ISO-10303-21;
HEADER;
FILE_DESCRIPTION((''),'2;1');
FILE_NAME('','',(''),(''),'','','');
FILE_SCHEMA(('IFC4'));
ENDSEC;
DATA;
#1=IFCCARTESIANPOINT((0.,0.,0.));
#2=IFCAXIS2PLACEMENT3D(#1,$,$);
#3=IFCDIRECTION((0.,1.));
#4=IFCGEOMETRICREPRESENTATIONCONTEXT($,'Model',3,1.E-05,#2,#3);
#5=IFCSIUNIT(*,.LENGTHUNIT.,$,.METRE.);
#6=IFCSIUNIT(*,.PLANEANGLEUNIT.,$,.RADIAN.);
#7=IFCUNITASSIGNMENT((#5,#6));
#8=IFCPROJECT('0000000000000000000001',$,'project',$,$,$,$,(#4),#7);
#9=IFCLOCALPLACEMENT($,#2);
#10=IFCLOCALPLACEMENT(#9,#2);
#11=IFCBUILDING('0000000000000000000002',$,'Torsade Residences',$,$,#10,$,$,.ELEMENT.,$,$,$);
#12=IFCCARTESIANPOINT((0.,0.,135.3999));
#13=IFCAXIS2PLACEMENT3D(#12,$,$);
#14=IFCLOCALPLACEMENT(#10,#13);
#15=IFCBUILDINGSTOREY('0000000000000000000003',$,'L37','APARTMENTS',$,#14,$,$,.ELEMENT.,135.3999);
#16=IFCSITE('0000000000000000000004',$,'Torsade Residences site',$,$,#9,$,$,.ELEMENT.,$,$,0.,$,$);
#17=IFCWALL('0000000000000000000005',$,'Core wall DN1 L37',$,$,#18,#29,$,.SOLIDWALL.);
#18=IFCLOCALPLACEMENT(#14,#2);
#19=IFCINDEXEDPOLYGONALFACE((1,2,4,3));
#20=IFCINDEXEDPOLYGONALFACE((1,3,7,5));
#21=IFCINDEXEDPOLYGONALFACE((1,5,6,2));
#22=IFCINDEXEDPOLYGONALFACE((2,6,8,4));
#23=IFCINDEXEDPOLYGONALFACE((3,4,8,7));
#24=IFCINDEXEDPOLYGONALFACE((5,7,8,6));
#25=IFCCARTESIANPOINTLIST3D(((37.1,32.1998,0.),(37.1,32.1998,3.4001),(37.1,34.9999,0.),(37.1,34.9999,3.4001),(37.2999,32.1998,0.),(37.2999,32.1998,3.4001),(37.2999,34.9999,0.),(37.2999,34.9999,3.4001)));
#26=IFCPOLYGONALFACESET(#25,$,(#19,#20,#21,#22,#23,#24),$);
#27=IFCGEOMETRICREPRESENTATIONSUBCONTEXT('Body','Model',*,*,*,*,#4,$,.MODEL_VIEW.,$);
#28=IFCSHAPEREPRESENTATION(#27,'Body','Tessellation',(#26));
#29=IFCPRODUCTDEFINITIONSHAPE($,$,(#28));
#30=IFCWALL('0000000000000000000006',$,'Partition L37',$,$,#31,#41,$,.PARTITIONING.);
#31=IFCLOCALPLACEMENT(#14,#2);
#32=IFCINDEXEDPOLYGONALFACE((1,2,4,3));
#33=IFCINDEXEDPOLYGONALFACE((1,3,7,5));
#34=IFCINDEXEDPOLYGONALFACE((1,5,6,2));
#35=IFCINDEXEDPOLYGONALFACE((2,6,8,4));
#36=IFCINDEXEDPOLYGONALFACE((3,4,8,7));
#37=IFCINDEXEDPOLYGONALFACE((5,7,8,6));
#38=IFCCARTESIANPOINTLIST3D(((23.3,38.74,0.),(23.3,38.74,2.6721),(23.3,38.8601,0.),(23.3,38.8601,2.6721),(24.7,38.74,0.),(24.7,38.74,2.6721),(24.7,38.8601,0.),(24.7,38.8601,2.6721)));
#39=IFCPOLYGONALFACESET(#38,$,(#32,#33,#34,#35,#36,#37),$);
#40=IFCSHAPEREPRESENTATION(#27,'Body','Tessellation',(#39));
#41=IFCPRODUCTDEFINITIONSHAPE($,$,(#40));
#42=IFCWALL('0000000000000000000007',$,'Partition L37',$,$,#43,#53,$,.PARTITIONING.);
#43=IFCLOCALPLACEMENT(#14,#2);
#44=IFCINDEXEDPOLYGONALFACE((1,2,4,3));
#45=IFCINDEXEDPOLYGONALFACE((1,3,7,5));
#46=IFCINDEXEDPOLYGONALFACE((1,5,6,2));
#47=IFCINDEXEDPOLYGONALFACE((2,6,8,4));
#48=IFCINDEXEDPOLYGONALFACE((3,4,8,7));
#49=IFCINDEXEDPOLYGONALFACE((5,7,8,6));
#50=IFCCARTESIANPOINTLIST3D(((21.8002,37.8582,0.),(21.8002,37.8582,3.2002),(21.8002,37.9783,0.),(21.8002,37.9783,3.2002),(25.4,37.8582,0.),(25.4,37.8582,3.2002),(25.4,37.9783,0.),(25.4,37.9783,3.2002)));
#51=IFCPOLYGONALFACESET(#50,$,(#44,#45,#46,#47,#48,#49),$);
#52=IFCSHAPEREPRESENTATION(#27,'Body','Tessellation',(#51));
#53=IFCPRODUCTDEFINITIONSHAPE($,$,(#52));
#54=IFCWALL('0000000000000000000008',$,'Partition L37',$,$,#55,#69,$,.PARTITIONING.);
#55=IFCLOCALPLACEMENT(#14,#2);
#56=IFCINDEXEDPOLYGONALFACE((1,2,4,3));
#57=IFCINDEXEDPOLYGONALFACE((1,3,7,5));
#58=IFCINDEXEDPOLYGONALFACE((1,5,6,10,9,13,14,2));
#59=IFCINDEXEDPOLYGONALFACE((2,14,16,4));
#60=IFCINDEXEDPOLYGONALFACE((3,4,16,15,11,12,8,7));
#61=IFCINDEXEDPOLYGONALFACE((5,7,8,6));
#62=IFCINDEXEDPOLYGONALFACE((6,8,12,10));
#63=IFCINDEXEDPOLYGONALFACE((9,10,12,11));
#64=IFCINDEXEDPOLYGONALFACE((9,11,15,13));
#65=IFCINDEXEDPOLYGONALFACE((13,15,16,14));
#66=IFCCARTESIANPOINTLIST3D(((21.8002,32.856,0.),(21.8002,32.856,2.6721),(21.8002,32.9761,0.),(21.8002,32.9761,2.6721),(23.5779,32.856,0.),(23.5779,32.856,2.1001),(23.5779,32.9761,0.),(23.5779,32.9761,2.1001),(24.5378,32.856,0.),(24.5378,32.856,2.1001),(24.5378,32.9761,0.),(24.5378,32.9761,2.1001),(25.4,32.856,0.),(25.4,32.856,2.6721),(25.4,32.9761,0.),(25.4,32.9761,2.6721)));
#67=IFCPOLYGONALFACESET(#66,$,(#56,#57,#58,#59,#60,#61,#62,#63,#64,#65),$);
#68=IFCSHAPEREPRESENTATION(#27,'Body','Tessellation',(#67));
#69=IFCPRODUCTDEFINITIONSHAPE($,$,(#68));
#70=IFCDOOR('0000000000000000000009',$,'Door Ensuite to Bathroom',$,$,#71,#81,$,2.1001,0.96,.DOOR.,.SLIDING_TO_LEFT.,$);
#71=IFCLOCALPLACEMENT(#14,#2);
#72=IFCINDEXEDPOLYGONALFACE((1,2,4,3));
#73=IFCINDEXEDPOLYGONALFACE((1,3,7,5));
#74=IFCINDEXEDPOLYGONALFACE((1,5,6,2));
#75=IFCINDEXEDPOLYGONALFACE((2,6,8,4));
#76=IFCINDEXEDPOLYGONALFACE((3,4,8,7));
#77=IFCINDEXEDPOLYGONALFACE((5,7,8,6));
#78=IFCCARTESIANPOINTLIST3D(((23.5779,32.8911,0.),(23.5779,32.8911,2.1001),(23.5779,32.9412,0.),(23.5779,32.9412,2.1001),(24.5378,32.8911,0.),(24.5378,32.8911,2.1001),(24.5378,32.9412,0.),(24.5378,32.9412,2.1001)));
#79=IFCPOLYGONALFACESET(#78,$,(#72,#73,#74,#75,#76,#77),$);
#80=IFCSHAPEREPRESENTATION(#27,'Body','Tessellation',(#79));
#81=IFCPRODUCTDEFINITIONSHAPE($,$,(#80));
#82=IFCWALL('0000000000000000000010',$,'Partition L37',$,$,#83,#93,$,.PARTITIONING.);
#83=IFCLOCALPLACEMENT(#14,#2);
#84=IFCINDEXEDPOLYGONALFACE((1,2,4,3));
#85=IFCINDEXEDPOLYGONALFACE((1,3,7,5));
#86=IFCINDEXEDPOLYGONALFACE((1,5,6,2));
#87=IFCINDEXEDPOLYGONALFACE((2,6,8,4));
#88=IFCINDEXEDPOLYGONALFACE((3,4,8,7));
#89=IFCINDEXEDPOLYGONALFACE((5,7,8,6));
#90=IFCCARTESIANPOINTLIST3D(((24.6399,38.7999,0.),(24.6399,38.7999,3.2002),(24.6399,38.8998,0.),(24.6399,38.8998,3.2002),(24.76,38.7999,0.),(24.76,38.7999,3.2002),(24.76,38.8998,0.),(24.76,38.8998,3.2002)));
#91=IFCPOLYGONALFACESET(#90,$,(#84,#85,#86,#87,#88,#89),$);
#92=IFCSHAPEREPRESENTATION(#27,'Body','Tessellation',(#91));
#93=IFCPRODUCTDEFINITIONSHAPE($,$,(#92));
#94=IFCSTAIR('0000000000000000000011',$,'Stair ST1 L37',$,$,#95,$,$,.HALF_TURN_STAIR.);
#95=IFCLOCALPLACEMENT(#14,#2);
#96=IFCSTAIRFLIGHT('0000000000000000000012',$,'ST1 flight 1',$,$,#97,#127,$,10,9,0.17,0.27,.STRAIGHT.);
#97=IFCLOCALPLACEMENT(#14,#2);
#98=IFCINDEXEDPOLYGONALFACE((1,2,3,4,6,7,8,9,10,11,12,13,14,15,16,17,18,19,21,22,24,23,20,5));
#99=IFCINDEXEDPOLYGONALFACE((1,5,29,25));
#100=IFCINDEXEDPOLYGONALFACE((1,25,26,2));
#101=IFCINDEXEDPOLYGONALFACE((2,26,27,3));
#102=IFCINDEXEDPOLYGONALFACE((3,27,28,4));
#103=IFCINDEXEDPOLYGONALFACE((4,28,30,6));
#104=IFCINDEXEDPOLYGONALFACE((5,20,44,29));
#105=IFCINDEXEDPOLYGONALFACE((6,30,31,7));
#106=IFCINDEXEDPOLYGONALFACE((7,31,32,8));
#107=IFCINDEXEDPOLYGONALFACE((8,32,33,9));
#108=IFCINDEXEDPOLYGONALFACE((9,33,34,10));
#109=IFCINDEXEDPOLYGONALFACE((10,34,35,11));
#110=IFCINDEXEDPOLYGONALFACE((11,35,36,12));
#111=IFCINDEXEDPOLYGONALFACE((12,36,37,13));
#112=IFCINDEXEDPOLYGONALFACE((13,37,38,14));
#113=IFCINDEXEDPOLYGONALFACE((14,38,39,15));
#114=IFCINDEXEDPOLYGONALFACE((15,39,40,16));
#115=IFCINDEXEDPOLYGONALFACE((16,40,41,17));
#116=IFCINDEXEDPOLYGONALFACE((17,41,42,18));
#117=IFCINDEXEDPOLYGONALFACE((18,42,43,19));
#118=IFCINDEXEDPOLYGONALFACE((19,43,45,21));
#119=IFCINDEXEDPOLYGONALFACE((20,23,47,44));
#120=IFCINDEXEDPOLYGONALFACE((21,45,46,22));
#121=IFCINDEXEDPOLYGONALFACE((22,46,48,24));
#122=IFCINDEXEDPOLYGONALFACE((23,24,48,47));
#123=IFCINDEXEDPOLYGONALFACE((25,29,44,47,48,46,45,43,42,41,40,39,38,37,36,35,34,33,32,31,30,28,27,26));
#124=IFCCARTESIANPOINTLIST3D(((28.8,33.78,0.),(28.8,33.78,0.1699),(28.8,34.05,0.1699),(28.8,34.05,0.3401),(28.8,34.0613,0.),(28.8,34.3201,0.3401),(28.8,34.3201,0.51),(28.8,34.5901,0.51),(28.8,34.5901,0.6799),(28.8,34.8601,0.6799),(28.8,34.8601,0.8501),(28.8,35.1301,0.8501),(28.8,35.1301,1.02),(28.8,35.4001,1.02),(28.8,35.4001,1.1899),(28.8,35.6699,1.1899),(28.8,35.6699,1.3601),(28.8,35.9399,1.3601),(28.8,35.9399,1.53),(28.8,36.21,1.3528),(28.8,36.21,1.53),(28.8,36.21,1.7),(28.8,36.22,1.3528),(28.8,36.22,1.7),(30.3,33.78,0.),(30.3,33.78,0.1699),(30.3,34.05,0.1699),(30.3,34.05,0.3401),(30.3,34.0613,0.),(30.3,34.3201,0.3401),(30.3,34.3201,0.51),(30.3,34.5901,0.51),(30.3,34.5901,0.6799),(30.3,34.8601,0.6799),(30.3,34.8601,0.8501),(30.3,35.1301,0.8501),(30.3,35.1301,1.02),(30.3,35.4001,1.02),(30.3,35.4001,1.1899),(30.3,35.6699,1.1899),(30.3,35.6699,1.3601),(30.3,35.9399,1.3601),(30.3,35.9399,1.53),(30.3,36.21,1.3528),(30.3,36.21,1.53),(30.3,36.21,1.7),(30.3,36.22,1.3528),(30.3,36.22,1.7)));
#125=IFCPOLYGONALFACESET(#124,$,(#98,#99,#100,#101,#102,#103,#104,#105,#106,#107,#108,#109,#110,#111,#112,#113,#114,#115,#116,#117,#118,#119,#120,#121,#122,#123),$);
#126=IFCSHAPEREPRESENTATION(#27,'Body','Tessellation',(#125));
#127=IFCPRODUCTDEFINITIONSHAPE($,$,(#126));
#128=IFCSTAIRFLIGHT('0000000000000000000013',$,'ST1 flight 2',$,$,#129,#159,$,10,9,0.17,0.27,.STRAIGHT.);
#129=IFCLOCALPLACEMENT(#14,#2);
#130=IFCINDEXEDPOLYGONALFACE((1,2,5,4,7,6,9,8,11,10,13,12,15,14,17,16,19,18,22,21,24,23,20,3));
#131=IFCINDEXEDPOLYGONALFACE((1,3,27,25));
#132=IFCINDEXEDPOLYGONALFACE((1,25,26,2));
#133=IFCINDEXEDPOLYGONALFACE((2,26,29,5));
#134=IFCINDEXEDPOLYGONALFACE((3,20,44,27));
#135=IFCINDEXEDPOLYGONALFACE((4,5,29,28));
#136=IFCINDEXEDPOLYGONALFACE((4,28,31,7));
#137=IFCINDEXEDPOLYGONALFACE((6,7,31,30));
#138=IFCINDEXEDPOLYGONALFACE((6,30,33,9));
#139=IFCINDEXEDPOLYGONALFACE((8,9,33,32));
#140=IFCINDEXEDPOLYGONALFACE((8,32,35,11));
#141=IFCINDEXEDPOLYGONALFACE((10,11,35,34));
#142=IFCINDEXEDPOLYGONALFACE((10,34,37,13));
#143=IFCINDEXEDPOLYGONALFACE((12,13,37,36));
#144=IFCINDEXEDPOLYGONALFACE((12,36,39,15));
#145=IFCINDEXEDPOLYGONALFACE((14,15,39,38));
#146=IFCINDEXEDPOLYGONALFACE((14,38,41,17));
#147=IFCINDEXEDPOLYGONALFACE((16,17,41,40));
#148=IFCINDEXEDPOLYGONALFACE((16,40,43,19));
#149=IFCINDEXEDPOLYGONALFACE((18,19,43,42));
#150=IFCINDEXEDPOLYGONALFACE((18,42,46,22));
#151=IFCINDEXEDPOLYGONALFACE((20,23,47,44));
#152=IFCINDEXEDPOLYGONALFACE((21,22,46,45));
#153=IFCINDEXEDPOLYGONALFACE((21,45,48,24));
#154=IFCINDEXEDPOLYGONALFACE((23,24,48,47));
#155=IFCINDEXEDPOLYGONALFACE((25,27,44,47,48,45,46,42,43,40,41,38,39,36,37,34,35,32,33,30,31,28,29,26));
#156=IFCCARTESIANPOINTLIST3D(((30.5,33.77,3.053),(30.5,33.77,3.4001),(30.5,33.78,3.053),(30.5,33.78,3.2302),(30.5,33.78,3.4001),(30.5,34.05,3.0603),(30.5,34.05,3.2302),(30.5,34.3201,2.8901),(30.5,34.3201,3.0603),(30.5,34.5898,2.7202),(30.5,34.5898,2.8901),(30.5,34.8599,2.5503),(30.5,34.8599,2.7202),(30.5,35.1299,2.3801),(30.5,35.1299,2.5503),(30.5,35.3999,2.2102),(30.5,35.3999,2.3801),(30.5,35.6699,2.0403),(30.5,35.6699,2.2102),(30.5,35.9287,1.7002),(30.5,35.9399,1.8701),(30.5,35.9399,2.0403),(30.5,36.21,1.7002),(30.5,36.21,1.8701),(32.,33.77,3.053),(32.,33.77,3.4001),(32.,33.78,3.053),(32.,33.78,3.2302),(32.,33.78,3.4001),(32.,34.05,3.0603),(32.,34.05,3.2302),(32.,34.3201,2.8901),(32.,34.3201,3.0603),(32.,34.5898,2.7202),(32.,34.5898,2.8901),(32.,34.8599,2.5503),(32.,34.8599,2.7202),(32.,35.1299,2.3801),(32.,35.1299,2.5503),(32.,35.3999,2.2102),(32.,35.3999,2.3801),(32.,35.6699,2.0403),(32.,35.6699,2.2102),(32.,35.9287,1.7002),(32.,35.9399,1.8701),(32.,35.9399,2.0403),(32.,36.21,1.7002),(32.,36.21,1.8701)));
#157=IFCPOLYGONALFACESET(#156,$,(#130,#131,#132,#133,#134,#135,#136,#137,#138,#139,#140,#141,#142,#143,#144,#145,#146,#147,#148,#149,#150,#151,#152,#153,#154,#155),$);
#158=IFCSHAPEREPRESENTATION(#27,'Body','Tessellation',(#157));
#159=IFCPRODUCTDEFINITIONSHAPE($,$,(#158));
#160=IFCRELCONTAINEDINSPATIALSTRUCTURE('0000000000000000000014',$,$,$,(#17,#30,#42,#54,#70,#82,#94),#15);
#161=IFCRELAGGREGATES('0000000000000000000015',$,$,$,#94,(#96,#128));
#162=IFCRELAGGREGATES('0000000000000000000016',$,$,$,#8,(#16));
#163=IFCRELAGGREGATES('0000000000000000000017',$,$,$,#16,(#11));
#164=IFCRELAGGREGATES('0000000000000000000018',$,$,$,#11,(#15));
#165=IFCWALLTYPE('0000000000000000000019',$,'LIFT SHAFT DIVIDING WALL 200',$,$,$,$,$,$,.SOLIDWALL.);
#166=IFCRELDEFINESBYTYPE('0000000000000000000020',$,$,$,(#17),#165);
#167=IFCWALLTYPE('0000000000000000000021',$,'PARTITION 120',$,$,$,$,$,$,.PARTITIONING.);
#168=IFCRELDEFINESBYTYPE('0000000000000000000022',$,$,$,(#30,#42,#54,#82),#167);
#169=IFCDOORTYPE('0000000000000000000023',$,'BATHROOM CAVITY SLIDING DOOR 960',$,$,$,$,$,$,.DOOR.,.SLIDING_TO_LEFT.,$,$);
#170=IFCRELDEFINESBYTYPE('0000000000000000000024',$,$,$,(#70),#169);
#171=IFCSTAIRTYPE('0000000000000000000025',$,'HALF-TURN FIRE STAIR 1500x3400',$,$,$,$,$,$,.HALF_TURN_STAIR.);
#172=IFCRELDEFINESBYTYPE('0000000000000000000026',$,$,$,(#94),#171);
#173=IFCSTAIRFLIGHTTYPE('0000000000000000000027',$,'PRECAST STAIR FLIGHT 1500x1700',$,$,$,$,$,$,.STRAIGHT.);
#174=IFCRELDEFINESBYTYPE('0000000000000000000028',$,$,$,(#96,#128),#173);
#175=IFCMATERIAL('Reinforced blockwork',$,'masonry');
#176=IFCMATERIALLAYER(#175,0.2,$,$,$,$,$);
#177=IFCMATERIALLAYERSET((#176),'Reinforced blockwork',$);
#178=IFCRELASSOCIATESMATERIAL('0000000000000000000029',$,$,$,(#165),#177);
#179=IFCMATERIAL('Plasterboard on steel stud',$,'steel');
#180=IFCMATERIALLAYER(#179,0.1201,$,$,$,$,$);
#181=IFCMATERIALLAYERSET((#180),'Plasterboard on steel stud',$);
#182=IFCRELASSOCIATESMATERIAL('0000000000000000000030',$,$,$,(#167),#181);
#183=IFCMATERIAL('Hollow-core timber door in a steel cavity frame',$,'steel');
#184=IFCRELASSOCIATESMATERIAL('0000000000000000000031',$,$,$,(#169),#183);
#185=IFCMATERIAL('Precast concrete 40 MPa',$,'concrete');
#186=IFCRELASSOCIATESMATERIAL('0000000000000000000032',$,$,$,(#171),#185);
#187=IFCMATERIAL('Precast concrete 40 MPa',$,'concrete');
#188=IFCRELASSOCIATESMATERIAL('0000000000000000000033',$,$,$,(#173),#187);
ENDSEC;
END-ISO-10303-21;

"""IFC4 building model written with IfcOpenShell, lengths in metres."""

from ifc_helpers import new_model, si_unit, direction, frame, frame_2d, origin, place, context, subcontext, project, spatial, polyline, rectangle, outline, extrude, material, layer, layer_set, type_object, element, fill, aggregate, save


model = new_model("IFC4")

# Units and contexts
model_context = context("Model", 3, precision=1e-05, world=origin(), true_north=direction((0.0, 1.0)))
body_context = subcontext(model_context, "Body", "Model", "MODEL_VIEW")
ifc_project = project(units=[si_unit("LENGTHUNIT", "METRE"), si_unit("PLANEANGLEUNIT", "RADIAN")], contexts=[model_context])

# Site, building, storey
site_placement = place(None, origin())
site = spatial("IfcSite", under=ifc_project, at=site_placement, Name="Torsade Residences site", CompositionType="ELEMENT", RefElevation=0.0)
building_placement = place(site_placement, origin())
building = spatial("IfcBuilding", under=site, at=building_placement, Name="Torsade Residences", CompositionType="ELEMENT")
storey_placement = place(building_placement, frame((0.0, 0.0, 135.3999)))
storey = spatial("IfcBuildingStorey", under=building, at=storey_placement, Name="L37", Description="APARTMENTS", CompositionType="ELEMENT", Elevation=135.3999)

# Walls
ifc_material_1 = material(Name="Reinforced blockwork", Category="masonry")
ifc_layer_1 = layer(ifc_material_1, 0.2)
ifc_layer_set_1 = layer_set([ifc_layer_1], Name="Reinforced blockwork")
wall_type_1 = type_object("IfcWallType", Name="LIFT SHAFT DIVIDING WALL 200", PredefinedType="SOLIDWALL", material=ifc_layer_set_1)
wall_1_placement = place(storey_placement, frame((37.2, 32.2, 0.0), z_axis=(0.0, 0.0, 1.0), x_axis=(0.0, 1.0, 0.0)))
element("IfcWall", 1, at=wall_1_placement, inside=storey, type_object=wall_type_1, Name="Core wall DN1 L37", PredefinedType="SOLIDWALL", context=body_context, shape_type="SweptSolid", body=[
    extrude(rectangle(XDim=2.8, YDim=0.2, at=frame_2d((1.3999, 0.0))), origin(), (0.0, 0.0, 1.0), 3.4001),
])
ifc_material_2 = material(Name="Plasterboard on steel stud", Category="steel")
ifc_layer_2 = layer(ifc_material_2, 0.1201)
ifc_layer_set_2 = layer_set([ifc_layer_2], Name="Plasterboard on steel stud")
wall_type_2 = type_object("IfcWallType", Name="PARTITION 120", PredefinedType="PARTITIONING", material=ifc_layer_set_2)
wall_2_placement = place(storey_placement, frame((24.7, 38.8, 0.0), z_axis=(0.0, 0.0, 1.0), x_axis=(-1.0, 0.0, 0.0)))
element("IfcWall", 2, at=wall_2_placement, inside=storey, type_object=wall_type_2, Name="Partition L37", PredefinedType="PARTITIONING", context=body_context, shape_type="SweptSolid", body=[
    extrude(rectangle(XDim=1.3999, YDim=0.1201, at=frame_2d((0.7, 0.0))), origin(), (0.0, 0.0, 1.0), 2.6721),
])
wall_3_placement = place(storey_placement, frame((25.3999, 37.9182, 0.0), z_axis=(0.0, 0.0, 1.0), x_axis=(-1.0, 0.0, 0.0)))
element("IfcWall", 3, at=wall_3_placement, inside=storey, type_object=wall_type_2, Name="Partition L37", PredefinedType="PARTITIONING", context=body_context, shape_type="SweptSolid", body=[
    extrude(rectangle(XDim=3.5999, YDim=0.1201, at=frame_2d((1.7998, 0.0))), origin(), (0.0, 0.0, 1.0), 3.2002),
])

# Wall, opening, door
wall_4_placement = place(storey_placement, frame((25.3999, 32.916, 0.0), z_axis=(0.0, 0.0, 1.0), x_axis=(-1.0, 0.0, 0.0)))
wall_4 = element("IfcWall", 4, at=wall_4_placement, inside=storey, type_object=wall_type_2, Name="Partition L37", PredefinedType="PARTITIONING", context=body_context, shape_type="SweptSolid", body=[
    extrude(rectangle(XDim=3.5999, YDim=0.1201, at=frame_2d((1.7998, 0.0))), origin(), (0.0, 0.0, 1.0), 2.6721),
])
opening_1_placement = place(wall_4_placement, frame((0.8621, 0.0, 0.0)))
opening_1 = element("IfcOpeningElement", 5, at=opening_1_placement, cuts=wall_4, PredefinedType="OPENING", context=body_context, shape_type="SweptSolid", body=[
    extrude(rectangle(XDim=0.96, YDim=2.1001, at=frame_2d((0.48, 1.05))), frame((0.0, 0.0701, 0.0), z_axis=(0.0, -1.0, 0.0), x_axis=(1.0, 0.0, 0.0)), (0.0, 0.0, 1.0), 0.1401),
])
ifc_material_3 = material(Name="Hollow-core timber door in a steel cavity frame", Category="steel")
door_type_1 = type_object("IfcDoorType", Name="BATHROOM CAVITY SLIDING DOOR 960", OperationType="SLIDING_TO_LEFT", PredefinedType="DOOR", material=ifc_material_3)
door_1_placement = place(opening_1_placement, origin())
door_1 = element("IfcDoor", 6, at=door_1_placement, inside=storey, type_object=door_type_1, Name="Door Ensuite to Bathroom", OperationType="SLIDING_TO_LEFT", OverallHeight=2.1001, OverallWidth=0.96, PredefinedType="DOOR", context=body_context, shape_type="SweptSolid", body=[
    extrude(rectangle(XDim=0.96, YDim=2.1001, at=frame_2d((0.48, 1.05))), frame((0.0, 0.0249, 0.0), z_axis=(0.0, -1.0, 0.0), x_axis=(1.0, 0.0, 0.0)), (0.0, 0.0, 1.0), 0.05),
])
fill(opening_1, door_1)

# Wall
wall_5_placement = place(storey_placement, frame((24.7, 38.8, 0.0), z_axis=(0.0, 0.0, 1.0), x_axis=(0.0, 1.0, 0.0)))
element("IfcWall", 7, at=wall_5_placement, inside=storey, type_object=wall_type_2, Name="Partition L37", PredefinedType="PARTITIONING", context=body_context, shape_type="SweptSolid", body=[
    extrude(rectangle(XDim=0.0999, YDim=0.1201, at=frame_2d((0.0498, 0.0))), origin(), (0.0, 0.0, 1.0), 3.2002),
])

# Stair, stair flights
ifc_material_4 = material(Name="Precast concrete 40 MPa", Category="concrete")
stair_type = type_object("IfcStairType", Name="HALF-TURN FIRE STAIR 1500x3400", PredefinedType="HALF_TURN_STAIR", material=ifc_material_4)
stair_placement = place(storey_placement, origin())
stair = element("IfcStair", 8, at=stair_placement, inside=storey, type_object=stair_type, Name="Stair ST1 L37", PredefinedType="HALF_TURN_STAIR")
ifc_material_5 = material(Name="Precast concrete 40 MPa", Category="concrete")
stair_flight_type = type_object("IfcStairFlightType", Name="PRECAST STAIR FLIGHT 1500x1700", PredefinedType="STRAIGHT", material=ifc_material_5)
stair_flight_1_placement = place(storey_placement, frame((29.55, 33.78, 0.0), z_axis=(0.0, 0.0, 1.0), x_axis=(0.0, 1.0, 0.0)))
stair_flight_1 = element("IfcStairFlight", 9, at=stair_flight_1_placement, type_object=stair_flight_type, Name="ST1 flight 1", NumberOfRisers=10, NumberOfTreads=9, PredefinedType="STRAIGHT", RiserHeight=0.17, TreadLength=0.27, context=body_context, shape_type="SweptSolid", body=[
    extrude(outline(polyline([(0.0, 0.0), (0.0, 0.1699), (0.27, 0.1699), (0.27, 0.3401), (0.54, 0.3401), (0.54, 0.51), (0.8101, 0.51), (0.8101, 0.6799), (1.0801, 0.6799), (1.0801, 0.8501), (1.3501, 0.8501), (1.3501, 1.02), (1.6201, 1.02), (1.6201, 1.1899), (1.8899, 1.1899), (1.8899, 1.3601), (2.1599, 1.3601), (2.1599, 1.53), (2.4299, 1.53), (2.4299, 1.7), (2.4399, 1.7), (2.4399, 1.3528), (2.4299, 1.3528), (0.2812, 0.0), (0.0, 0.0)])), frame((0.0, 0.75, 0.0), z_axis=(0.0, -1.0, 0.0), x_axis=(1.0, 0.0, 0.0)), (0.0, 0.0, 1.0), 1.5),
])
stair_flight_2_placement = place(storey_placement, frame((31.25, 36.21, 1.7002), z_axis=(0.0, 0.0, 1.0), x_axis=(0.0, -1.0, 0.0)))
stair_flight_2 = element("IfcStairFlight", 10, at=stair_flight_2_placement, type_object=stair_flight_type, Name="ST1 flight 2", NumberOfRisers=10, NumberOfTreads=9, PredefinedType="STRAIGHT", RiserHeight=0.17, TreadLength=0.27, context=body_context, shape_type="SweptSolid", body=[
    extrude(outline(polyline([(0.0, 0.0), (0.0, 0.1699), (0.27, 0.1699), (0.27, 0.3401), (0.54, 0.3401), (0.54, 0.51), (0.8101, 0.51), (0.8101, 0.6799), (1.0801, 0.6799), (1.0801, 0.8501), (1.3501, 0.8501), (1.3501, 1.02), (1.6201, 1.02), (1.6201, 1.1899), (1.8899, 1.1899), (1.8899, 1.3601), (2.1599, 1.3601), (2.1599, 1.53), (2.4299, 1.53), (2.4299, 1.7), (2.4399, 1.7), (2.4399, 1.3528), (2.4299, 1.3528), (0.2812, 0.0), (0.0, 0.0)])), frame((0.0, 0.75, 0.0), z_axis=(0.0, -1.0, 0.0), x_axis=(1.0, 0.0, 0.0)), (0.0, 0.0, 1.0), 1.5),
])
aggregate(stair, [stair_flight_1, stair_flight_2])

save(model, "model.ifc")
